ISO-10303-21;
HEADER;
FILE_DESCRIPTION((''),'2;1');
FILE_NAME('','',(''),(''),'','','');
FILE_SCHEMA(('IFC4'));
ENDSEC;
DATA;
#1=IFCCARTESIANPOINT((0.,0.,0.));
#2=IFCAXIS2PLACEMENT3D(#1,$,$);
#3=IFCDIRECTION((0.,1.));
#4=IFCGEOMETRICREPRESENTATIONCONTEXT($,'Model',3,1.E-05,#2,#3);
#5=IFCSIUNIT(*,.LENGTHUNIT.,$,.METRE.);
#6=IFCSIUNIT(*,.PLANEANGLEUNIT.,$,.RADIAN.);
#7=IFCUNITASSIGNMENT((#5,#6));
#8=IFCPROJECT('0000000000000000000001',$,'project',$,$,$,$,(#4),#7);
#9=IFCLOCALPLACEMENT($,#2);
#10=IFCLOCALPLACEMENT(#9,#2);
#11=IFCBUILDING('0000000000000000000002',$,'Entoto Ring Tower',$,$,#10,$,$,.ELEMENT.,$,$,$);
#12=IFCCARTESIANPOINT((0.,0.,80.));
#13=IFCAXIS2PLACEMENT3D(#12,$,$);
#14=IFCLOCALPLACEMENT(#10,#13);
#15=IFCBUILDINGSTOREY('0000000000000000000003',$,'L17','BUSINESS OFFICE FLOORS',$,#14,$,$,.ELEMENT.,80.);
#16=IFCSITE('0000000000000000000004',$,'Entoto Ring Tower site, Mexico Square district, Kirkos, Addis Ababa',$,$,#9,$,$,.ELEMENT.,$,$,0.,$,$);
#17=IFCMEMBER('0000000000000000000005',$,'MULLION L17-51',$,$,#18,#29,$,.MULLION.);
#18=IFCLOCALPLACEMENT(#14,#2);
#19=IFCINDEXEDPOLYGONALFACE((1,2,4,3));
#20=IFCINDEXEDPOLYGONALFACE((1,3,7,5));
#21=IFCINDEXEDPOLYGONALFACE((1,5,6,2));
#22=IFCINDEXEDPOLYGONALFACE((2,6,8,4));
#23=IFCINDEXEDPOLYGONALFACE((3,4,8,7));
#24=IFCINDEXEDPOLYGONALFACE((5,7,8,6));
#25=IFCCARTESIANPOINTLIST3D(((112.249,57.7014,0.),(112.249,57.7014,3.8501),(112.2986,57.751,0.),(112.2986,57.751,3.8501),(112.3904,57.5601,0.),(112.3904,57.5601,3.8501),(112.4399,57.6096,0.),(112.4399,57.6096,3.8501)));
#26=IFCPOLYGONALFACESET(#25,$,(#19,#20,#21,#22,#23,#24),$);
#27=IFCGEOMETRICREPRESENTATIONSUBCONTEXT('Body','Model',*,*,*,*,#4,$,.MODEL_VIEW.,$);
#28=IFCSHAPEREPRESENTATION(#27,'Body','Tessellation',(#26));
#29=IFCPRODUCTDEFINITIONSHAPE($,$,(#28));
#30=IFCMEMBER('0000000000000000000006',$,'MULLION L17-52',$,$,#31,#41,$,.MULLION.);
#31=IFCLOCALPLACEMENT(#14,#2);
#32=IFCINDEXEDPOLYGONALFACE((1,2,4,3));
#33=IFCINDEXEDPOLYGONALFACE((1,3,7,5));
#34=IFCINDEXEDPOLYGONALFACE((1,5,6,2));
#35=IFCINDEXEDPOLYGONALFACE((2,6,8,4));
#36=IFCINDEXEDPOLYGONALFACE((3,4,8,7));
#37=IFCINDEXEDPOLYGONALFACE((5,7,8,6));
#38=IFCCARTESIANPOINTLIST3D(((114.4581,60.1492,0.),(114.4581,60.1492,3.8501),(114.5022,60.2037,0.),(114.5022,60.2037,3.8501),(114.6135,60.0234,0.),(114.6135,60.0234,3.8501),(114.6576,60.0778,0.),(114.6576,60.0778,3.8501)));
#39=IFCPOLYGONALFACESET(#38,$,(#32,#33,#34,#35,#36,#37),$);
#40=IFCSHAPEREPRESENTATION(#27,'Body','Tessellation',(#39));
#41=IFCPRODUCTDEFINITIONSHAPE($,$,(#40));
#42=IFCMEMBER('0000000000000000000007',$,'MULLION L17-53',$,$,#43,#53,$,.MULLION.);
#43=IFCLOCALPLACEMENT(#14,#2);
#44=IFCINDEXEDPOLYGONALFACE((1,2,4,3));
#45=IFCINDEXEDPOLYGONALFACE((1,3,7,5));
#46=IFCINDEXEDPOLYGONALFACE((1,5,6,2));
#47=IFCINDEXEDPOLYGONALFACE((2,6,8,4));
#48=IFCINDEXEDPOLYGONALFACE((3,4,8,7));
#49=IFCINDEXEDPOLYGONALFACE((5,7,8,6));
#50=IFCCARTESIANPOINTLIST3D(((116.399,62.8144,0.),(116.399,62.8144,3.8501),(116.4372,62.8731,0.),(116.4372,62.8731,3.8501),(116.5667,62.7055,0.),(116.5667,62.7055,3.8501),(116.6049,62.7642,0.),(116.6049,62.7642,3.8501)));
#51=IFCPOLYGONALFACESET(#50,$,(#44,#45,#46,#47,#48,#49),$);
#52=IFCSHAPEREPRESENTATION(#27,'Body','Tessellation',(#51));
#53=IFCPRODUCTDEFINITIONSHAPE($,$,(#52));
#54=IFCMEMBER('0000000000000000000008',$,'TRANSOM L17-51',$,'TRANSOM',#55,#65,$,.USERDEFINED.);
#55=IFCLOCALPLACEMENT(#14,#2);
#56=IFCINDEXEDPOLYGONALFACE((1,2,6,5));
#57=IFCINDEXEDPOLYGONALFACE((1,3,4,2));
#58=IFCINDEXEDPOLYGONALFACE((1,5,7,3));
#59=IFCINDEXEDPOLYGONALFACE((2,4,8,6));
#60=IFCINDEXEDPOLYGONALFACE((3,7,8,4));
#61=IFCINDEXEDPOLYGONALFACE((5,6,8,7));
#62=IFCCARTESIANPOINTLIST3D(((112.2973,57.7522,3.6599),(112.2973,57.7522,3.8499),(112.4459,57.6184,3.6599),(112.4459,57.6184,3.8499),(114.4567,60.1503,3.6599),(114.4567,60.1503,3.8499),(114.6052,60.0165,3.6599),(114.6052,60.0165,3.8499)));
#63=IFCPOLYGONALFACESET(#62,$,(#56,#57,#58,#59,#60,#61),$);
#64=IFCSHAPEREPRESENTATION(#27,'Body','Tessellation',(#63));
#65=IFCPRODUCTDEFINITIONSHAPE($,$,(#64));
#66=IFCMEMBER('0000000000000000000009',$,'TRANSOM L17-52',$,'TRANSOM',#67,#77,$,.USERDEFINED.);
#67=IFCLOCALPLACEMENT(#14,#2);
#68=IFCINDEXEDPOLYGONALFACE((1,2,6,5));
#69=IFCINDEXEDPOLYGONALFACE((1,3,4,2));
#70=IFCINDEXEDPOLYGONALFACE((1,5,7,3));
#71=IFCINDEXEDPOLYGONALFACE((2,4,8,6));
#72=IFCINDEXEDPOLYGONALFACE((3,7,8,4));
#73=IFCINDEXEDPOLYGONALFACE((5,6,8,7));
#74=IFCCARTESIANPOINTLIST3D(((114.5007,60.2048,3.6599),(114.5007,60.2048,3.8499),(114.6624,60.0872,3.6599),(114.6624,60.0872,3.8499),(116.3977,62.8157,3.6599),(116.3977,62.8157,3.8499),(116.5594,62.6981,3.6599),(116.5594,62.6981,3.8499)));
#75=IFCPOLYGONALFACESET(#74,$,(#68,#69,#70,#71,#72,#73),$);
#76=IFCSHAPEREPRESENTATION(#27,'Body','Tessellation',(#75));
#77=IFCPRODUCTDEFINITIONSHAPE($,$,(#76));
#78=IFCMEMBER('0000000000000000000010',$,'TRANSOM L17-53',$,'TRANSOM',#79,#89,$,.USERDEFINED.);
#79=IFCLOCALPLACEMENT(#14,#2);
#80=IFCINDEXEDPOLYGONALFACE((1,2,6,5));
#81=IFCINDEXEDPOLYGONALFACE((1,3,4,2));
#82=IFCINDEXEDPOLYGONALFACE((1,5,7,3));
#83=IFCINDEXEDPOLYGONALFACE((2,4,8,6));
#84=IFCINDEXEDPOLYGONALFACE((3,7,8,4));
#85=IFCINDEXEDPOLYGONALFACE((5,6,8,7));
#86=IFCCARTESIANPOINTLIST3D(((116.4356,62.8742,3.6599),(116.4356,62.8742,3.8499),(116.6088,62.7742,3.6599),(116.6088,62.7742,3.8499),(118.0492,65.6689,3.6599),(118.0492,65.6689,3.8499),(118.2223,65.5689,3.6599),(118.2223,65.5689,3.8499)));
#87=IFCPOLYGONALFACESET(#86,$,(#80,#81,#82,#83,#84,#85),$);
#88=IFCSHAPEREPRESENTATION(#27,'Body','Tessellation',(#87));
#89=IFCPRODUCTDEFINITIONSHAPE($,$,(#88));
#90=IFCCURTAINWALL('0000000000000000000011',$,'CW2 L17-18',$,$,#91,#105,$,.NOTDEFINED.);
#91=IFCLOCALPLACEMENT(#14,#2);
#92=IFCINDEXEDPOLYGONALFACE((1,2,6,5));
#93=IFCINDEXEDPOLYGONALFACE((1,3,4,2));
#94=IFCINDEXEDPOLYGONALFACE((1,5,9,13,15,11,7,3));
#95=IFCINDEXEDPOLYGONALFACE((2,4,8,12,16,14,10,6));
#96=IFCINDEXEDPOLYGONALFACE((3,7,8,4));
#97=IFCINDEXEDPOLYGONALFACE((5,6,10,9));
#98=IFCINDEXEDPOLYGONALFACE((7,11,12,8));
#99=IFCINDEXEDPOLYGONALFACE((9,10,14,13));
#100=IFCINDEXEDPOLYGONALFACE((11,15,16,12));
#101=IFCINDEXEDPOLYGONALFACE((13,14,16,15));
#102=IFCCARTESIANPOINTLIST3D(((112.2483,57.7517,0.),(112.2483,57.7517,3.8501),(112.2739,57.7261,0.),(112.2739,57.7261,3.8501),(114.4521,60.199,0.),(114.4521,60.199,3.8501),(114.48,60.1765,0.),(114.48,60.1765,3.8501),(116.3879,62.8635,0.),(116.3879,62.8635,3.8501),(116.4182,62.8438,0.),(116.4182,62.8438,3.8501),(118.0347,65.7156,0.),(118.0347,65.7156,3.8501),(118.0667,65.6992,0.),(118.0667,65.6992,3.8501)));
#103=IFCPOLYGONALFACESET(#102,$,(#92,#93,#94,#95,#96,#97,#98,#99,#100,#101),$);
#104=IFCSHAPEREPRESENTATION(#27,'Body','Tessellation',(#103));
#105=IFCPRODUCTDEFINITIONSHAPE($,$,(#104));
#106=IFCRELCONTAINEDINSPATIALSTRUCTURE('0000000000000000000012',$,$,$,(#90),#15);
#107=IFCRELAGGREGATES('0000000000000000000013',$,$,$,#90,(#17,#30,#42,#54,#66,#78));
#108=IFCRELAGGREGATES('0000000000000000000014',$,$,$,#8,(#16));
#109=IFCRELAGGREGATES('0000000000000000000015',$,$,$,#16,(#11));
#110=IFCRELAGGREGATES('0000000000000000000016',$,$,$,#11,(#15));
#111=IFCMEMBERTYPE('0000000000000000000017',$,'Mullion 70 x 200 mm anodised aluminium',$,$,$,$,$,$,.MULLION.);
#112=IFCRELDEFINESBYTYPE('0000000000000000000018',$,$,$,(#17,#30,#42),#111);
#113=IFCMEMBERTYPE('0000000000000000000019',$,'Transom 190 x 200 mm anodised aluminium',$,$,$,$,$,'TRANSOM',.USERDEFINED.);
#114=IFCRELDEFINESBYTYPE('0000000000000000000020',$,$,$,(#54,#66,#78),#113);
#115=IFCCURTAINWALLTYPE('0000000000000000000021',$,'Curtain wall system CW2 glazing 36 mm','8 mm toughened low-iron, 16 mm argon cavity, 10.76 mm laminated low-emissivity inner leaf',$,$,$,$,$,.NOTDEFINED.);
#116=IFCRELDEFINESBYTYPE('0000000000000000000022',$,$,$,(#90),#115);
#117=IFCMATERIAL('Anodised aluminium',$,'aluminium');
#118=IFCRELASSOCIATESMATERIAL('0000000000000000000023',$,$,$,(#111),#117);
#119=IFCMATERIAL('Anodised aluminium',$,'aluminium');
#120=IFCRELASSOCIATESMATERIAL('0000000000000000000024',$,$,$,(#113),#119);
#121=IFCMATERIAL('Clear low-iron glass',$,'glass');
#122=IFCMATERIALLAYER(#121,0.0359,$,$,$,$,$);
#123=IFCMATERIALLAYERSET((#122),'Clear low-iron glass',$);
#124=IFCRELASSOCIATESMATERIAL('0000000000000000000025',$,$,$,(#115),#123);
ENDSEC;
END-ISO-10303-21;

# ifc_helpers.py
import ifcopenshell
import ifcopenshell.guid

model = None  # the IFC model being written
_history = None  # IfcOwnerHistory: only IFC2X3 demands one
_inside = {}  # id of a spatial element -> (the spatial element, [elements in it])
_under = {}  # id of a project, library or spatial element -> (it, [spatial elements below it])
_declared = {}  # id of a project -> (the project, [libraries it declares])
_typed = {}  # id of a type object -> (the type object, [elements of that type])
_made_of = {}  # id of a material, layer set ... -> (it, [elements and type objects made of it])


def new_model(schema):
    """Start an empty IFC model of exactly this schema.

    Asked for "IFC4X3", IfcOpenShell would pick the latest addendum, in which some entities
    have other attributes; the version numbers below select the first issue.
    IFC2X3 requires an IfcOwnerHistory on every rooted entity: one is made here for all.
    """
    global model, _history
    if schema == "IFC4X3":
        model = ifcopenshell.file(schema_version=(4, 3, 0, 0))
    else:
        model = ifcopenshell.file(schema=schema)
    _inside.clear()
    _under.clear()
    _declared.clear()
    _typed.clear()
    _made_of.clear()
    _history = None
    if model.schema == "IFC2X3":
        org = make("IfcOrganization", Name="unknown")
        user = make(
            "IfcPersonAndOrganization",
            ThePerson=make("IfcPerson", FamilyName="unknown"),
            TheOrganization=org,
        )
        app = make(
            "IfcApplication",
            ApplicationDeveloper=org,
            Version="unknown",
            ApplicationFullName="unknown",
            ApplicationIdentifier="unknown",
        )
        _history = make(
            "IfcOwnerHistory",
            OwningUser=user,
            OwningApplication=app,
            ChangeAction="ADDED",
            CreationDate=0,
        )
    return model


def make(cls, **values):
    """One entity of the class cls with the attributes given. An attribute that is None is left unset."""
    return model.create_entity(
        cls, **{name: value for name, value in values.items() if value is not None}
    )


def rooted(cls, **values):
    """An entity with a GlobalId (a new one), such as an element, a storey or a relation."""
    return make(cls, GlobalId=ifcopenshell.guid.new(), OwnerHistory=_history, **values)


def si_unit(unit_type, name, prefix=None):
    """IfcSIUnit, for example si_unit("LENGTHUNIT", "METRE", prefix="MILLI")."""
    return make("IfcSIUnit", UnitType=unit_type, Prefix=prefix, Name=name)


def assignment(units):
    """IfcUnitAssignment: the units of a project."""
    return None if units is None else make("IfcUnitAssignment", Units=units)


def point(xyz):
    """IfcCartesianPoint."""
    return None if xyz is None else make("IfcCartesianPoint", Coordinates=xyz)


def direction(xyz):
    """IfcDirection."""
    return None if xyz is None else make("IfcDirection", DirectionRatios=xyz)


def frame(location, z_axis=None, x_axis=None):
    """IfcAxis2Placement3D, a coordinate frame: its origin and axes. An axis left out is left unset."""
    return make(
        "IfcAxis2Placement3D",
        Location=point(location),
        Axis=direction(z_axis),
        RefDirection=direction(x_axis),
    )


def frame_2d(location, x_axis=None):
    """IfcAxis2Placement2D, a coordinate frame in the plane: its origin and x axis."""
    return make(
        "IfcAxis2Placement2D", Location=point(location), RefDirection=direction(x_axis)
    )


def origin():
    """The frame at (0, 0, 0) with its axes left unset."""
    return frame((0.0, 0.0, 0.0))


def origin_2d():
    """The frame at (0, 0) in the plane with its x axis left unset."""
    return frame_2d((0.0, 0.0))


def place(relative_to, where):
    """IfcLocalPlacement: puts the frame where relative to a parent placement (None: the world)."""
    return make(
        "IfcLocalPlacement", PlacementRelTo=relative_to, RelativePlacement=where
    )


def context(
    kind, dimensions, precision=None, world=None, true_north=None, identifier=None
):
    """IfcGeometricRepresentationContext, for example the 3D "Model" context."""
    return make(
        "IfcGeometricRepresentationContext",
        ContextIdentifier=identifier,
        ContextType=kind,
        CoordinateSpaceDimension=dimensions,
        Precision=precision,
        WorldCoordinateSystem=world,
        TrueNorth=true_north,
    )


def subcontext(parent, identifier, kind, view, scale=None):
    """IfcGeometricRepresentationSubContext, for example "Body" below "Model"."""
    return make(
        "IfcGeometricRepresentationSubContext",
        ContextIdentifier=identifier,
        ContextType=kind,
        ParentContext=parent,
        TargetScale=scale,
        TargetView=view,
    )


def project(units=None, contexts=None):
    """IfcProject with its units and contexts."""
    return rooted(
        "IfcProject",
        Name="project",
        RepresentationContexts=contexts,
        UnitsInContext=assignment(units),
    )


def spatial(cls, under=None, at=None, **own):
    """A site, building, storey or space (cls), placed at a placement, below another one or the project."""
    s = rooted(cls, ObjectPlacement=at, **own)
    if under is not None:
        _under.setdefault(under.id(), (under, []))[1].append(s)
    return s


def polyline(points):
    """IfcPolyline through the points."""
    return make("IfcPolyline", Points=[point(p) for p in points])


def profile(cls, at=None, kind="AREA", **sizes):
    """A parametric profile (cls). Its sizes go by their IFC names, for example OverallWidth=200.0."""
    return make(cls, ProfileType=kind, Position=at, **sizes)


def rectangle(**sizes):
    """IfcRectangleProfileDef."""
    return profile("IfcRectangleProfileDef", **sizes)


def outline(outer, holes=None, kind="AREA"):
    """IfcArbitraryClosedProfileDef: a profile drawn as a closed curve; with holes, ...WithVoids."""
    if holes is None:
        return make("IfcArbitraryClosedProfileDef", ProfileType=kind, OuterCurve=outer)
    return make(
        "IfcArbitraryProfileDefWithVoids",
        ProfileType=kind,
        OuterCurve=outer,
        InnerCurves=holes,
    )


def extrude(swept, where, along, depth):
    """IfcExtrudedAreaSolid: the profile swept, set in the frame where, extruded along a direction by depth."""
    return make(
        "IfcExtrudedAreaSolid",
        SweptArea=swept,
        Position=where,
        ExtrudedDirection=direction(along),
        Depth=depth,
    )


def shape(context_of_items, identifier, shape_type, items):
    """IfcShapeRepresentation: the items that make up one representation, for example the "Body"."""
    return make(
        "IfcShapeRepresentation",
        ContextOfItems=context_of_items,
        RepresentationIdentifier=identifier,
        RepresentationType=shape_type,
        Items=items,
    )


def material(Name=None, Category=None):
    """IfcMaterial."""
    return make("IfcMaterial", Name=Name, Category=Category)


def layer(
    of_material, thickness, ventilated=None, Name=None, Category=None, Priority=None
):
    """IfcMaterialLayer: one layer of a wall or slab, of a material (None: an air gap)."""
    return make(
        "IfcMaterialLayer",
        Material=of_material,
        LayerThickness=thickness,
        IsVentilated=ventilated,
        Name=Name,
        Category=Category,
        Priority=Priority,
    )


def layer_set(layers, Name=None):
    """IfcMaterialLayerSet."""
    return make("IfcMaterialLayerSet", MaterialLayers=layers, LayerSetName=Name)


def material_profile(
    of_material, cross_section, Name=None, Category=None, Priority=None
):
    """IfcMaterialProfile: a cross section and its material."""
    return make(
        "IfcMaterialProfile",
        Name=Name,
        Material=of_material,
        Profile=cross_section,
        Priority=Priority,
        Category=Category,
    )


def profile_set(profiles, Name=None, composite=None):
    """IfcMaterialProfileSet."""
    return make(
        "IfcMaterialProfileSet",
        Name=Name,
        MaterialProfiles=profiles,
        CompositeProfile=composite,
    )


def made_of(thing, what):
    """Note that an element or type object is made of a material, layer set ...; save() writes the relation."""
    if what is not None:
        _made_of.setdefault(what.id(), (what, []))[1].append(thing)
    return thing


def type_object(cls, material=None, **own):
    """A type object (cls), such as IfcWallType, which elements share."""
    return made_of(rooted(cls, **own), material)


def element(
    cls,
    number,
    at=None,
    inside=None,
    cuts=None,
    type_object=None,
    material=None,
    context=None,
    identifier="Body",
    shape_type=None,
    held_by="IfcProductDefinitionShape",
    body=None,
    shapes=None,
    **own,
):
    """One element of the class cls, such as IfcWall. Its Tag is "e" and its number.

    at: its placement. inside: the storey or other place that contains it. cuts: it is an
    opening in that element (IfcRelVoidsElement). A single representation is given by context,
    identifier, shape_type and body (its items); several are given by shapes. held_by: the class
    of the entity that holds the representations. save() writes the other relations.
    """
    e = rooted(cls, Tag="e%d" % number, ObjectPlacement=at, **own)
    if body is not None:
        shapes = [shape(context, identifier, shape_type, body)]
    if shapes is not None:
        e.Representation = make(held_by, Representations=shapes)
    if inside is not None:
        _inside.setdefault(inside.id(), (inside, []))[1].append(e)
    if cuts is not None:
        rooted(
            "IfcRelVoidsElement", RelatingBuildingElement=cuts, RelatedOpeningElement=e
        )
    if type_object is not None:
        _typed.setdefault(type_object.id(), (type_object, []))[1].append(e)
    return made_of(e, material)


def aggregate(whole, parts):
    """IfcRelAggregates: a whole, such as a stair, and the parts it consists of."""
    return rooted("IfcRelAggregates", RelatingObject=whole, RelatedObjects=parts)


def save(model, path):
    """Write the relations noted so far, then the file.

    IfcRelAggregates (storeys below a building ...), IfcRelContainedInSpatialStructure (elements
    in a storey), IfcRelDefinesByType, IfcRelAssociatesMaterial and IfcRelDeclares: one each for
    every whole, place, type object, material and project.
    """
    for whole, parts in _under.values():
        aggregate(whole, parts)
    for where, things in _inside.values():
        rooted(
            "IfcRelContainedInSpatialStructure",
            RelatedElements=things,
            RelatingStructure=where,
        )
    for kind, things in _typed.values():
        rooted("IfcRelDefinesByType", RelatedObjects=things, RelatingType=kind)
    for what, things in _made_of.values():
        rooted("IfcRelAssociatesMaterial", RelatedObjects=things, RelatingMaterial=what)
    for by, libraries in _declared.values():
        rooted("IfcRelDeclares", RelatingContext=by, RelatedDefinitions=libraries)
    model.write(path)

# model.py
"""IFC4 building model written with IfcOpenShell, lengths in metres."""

from ifc_helpers import new_model, si_unit, direction, frame, origin, origin_2d, place, context, subcontext, project, spatial, polyline, rectangle, outline, extrude, material, layer, layer_set, material_profile, profile_set, type_object, element, aggregate, save


model = new_model("IFC4")

# Units and contexts
model_context = context("Model", 3, precision=1e-05, world=origin(), true_north=direction((0.0, 1.0)))
body_context = subcontext(model_context, "Body", "Model", "MODEL_VIEW")
ifc_project = project(units=[si_unit("LENGTHUNIT", "METRE"), si_unit("PLANEANGLEUNIT", "RADIAN")], contexts=[model_context])

# Members
ifc_material_1 = material(Name="Anodised aluminium", Category="aluminium")
ifc_material_profile_1 = material_profile(ifc_material_1, rectangle(XDim=0.0701, YDim=0.2, at=origin_2d()), Name="Mullion 70 x 200 mm anodised aluminium")
ifc_profile_set_1 = profile_set([ifc_material_profile_1], Name="Anodised aluminium")
member_type_1 = type_object("IfcMemberType", Name="Mullion 70 x 200 mm anodised aluminium", PredefinedType="MULLION", material=ifc_profile_set_1)
site_placement = place(None, origin())
building_placement = place(site_placement, origin())
storey_placement = place(building_placement, frame((0.0, 0.0, 80.0)))
member_1_placement = place(storey_placement, frame((112.3445, 57.6555, 0.0), z_axis=(0.0, 0.0, 1.0), x_axis=(0.707107, 0.707107, 0.0)))
member_1 = element("IfcMember", 1, at=member_1_placement, type_object=member_type_1, Name="MULLION L17-51", PredefinedType="MULLION", context=body_context, shape_type="SweptSolid", body=[
    extrude(rectangle(XDim=0.0701, YDim=0.2, at=origin_2d()), origin(), (0.0, 0.0, 1.0), 3.8501),
])
member_2_placement = place(storey_placement, frame((114.5579, 60.1135, 0.0), z_axis=(0.0, 0.0, 1.0), x_axis=(0.62932, 0.777146, 0.0)))
member_2 = element("IfcMember", 2, at=member_2_placement, type_object=member_type_1, Name="MULLION L17-52", PredefinedType="MULLION", context=body_context, shape_type="SweptSolid", body=[
    extrude(rectangle(XDim=0.0701, YDim=0.2, at=origin_2d()), origin(), (0.0, 0.0, 1.0), 3.8501),
])
member_3_placement = place(storey_placement, frame((116.502, 62.7893, 0.0), z_axis=(0.0, 0.0, 1.0), x_axis=(0.544639, 0.838671, 0.0)))
member_3 = element("IfcMember", 3, at=member_3_placement, type_object=member_type_1, Name="MULLION L17-53", PredefinedType="MULLION", context=body_context, shape_type="SweptSolid", body=[
    extrude(rectangle(XDim=0.0701, YDim=0.2, at=origin_2d()), origin(), (0.0, 0.0, 1.0), 3.8501),
])
ifc_material_2 = material(Name="Anodised aluminium", Category="aluminium")
ifc_material_profile_2 = material_profile(ifc_material_2, rectangle(XDim=0.2, YDim=0.1899, at=origin_2d()), Name="Transom 190 x 200 mm anodised aluminium")
ifc_profile_set_2 = profile_set([ifc_material_profile_2], Name="Anodised aluminium")
member_type_2 = type_object("IfcMemberType", Name="Transom 190 x 200 mm anodised aluminium", ElementType="TRANSOM", PredefinedType="USERDEFINED", material=ifc_profile_set_2)
member_4_placement = place(storey_placement, frame((112.3716, 57.6853, 3.7549), z_axis=(0.669144, 0.743132, 0.0), x_axis=(-0.743132, 0.669144, 0.0)))
member_4 = element("IfcMember", 4, at=member_4_placement, type_object=member_type_2, Name="TRANSOM L17-51", ObjectType="TRANSOM", PredefinedType="USERDEFINED", context=body_context, shape_type="SweptSolid", body=[
    extrude(rectangle(XDim=0.2, YDim=0.1899, at=origin_2d()), origin(), (0.0, 0.0, 1.0), 3.2271),
])
member_5_placement = place(storey_placement, frame((114.5815, 60.146, 3.7549), z_axis=(0.587803, 0.809004, 0.0), x_axis=(-0.809004, 0.587803, 0.0)))
member_5 = element("IfcMember", 5, at=member_5_placement, type_object=member_type_2, Name="TRANSOM L17-52", ObjectType="TRANSOM", PredefinedType="USERDEFINED", context=body_context, shape_type="SweptSolid", body=[
    extrude(rectangle(XDim=0.2, YDim=0.1899, at=origin_2d()), origin(), (0.0, 0.0, 1.0), 3.2273),
])
member_6_placement = place(storey_placement, frame((116.5222, 62.8242, 3.7549), z_axis=(0.500004, 0.866023, 0.0), x_axis=(-0.866023, 0.500004, 0.0)))
member_6 = element("IfcMember", 6, at=member_6_placement, type_object=member_type_2, Name="TRANSOM L17-53", ObjectType="TRANSOM", PredefinedType="USERDEFINED", context=body_context, shape_type="SweptSolid", body=[
    extrude(rectangle(XDim=0.2, YDim=0.1899, at=origin_2d()), origin(), (0.0, 0.0, 1.0), 3.2271),
])

# Site, building, storey
site = spatial("IfcSite", under=ifc_project, at=site_placement, Name="Entoto Ring Tower site, Mexico Square district, Kirkos, Addis Ababa", CompositionType="ELEMENT", RefElevation=0.0)
building = spatial("IfcBuilding", under=site, at=building_placement, Name="Entoto Ring Tower", CompositionType="ELEMENT")
storey = spatial("IfcBuildingStorey", under=building, at=storey_placement, Name="L17", Description="BUSINESS OFFICE FLOORS", CompositionType="ELEMENT", Elevation=80.0)

# Curtain wall
ifc_material_3 = material(Name="Clear low-iron glass", Category="glass")
ifc_layer_1 = layer(ifc_material_3, 0.0359)
ifc_layer_set_1 = layer_set([ifc_layer_1], Name="Clear low-iron glass")
curtain_wall_type = type_object("IfcCurtainWallType", Name="Curtain wall system CW2 glazing 36 mm", Description="8 mm toughened low-iron, 16 mm argon cavity, 10.76 mm laminated low-emissivity inner leaf", PredefinedType="NOTDEFINED", material=ifc_layer_set_1)
curtain_wall_1_placement = place(storey_placement, origin())
curtain_wall_1 = element("IfcCurtainWall", 7, at=curtain_wall_1_placement, inside=storey, type_object=curtain_wall_type, Name="CW2 L17-18", PredefinedType="NOTDEFINED", context=body_context, shape_type="SweptSolid", body=[
    extrude(outline(polyline([(112.2739, 57.7261), (114.48, 60.1765), (116.4182, 62.8438), (118.0667, 65.6992), (118.0347, 65.7156), (116.3879, 62.8635), (114.4521, 60.199), (112.2483, 57.7517), (112.2739, 57.7261)])), origin(), (0.0, 0.0, 1.0), 3.8501),
])
aggregate(curtain_wall_1, [member_1, member_2, member_3, member_4, member_5, member_6])

save(model, "model.ifc")
